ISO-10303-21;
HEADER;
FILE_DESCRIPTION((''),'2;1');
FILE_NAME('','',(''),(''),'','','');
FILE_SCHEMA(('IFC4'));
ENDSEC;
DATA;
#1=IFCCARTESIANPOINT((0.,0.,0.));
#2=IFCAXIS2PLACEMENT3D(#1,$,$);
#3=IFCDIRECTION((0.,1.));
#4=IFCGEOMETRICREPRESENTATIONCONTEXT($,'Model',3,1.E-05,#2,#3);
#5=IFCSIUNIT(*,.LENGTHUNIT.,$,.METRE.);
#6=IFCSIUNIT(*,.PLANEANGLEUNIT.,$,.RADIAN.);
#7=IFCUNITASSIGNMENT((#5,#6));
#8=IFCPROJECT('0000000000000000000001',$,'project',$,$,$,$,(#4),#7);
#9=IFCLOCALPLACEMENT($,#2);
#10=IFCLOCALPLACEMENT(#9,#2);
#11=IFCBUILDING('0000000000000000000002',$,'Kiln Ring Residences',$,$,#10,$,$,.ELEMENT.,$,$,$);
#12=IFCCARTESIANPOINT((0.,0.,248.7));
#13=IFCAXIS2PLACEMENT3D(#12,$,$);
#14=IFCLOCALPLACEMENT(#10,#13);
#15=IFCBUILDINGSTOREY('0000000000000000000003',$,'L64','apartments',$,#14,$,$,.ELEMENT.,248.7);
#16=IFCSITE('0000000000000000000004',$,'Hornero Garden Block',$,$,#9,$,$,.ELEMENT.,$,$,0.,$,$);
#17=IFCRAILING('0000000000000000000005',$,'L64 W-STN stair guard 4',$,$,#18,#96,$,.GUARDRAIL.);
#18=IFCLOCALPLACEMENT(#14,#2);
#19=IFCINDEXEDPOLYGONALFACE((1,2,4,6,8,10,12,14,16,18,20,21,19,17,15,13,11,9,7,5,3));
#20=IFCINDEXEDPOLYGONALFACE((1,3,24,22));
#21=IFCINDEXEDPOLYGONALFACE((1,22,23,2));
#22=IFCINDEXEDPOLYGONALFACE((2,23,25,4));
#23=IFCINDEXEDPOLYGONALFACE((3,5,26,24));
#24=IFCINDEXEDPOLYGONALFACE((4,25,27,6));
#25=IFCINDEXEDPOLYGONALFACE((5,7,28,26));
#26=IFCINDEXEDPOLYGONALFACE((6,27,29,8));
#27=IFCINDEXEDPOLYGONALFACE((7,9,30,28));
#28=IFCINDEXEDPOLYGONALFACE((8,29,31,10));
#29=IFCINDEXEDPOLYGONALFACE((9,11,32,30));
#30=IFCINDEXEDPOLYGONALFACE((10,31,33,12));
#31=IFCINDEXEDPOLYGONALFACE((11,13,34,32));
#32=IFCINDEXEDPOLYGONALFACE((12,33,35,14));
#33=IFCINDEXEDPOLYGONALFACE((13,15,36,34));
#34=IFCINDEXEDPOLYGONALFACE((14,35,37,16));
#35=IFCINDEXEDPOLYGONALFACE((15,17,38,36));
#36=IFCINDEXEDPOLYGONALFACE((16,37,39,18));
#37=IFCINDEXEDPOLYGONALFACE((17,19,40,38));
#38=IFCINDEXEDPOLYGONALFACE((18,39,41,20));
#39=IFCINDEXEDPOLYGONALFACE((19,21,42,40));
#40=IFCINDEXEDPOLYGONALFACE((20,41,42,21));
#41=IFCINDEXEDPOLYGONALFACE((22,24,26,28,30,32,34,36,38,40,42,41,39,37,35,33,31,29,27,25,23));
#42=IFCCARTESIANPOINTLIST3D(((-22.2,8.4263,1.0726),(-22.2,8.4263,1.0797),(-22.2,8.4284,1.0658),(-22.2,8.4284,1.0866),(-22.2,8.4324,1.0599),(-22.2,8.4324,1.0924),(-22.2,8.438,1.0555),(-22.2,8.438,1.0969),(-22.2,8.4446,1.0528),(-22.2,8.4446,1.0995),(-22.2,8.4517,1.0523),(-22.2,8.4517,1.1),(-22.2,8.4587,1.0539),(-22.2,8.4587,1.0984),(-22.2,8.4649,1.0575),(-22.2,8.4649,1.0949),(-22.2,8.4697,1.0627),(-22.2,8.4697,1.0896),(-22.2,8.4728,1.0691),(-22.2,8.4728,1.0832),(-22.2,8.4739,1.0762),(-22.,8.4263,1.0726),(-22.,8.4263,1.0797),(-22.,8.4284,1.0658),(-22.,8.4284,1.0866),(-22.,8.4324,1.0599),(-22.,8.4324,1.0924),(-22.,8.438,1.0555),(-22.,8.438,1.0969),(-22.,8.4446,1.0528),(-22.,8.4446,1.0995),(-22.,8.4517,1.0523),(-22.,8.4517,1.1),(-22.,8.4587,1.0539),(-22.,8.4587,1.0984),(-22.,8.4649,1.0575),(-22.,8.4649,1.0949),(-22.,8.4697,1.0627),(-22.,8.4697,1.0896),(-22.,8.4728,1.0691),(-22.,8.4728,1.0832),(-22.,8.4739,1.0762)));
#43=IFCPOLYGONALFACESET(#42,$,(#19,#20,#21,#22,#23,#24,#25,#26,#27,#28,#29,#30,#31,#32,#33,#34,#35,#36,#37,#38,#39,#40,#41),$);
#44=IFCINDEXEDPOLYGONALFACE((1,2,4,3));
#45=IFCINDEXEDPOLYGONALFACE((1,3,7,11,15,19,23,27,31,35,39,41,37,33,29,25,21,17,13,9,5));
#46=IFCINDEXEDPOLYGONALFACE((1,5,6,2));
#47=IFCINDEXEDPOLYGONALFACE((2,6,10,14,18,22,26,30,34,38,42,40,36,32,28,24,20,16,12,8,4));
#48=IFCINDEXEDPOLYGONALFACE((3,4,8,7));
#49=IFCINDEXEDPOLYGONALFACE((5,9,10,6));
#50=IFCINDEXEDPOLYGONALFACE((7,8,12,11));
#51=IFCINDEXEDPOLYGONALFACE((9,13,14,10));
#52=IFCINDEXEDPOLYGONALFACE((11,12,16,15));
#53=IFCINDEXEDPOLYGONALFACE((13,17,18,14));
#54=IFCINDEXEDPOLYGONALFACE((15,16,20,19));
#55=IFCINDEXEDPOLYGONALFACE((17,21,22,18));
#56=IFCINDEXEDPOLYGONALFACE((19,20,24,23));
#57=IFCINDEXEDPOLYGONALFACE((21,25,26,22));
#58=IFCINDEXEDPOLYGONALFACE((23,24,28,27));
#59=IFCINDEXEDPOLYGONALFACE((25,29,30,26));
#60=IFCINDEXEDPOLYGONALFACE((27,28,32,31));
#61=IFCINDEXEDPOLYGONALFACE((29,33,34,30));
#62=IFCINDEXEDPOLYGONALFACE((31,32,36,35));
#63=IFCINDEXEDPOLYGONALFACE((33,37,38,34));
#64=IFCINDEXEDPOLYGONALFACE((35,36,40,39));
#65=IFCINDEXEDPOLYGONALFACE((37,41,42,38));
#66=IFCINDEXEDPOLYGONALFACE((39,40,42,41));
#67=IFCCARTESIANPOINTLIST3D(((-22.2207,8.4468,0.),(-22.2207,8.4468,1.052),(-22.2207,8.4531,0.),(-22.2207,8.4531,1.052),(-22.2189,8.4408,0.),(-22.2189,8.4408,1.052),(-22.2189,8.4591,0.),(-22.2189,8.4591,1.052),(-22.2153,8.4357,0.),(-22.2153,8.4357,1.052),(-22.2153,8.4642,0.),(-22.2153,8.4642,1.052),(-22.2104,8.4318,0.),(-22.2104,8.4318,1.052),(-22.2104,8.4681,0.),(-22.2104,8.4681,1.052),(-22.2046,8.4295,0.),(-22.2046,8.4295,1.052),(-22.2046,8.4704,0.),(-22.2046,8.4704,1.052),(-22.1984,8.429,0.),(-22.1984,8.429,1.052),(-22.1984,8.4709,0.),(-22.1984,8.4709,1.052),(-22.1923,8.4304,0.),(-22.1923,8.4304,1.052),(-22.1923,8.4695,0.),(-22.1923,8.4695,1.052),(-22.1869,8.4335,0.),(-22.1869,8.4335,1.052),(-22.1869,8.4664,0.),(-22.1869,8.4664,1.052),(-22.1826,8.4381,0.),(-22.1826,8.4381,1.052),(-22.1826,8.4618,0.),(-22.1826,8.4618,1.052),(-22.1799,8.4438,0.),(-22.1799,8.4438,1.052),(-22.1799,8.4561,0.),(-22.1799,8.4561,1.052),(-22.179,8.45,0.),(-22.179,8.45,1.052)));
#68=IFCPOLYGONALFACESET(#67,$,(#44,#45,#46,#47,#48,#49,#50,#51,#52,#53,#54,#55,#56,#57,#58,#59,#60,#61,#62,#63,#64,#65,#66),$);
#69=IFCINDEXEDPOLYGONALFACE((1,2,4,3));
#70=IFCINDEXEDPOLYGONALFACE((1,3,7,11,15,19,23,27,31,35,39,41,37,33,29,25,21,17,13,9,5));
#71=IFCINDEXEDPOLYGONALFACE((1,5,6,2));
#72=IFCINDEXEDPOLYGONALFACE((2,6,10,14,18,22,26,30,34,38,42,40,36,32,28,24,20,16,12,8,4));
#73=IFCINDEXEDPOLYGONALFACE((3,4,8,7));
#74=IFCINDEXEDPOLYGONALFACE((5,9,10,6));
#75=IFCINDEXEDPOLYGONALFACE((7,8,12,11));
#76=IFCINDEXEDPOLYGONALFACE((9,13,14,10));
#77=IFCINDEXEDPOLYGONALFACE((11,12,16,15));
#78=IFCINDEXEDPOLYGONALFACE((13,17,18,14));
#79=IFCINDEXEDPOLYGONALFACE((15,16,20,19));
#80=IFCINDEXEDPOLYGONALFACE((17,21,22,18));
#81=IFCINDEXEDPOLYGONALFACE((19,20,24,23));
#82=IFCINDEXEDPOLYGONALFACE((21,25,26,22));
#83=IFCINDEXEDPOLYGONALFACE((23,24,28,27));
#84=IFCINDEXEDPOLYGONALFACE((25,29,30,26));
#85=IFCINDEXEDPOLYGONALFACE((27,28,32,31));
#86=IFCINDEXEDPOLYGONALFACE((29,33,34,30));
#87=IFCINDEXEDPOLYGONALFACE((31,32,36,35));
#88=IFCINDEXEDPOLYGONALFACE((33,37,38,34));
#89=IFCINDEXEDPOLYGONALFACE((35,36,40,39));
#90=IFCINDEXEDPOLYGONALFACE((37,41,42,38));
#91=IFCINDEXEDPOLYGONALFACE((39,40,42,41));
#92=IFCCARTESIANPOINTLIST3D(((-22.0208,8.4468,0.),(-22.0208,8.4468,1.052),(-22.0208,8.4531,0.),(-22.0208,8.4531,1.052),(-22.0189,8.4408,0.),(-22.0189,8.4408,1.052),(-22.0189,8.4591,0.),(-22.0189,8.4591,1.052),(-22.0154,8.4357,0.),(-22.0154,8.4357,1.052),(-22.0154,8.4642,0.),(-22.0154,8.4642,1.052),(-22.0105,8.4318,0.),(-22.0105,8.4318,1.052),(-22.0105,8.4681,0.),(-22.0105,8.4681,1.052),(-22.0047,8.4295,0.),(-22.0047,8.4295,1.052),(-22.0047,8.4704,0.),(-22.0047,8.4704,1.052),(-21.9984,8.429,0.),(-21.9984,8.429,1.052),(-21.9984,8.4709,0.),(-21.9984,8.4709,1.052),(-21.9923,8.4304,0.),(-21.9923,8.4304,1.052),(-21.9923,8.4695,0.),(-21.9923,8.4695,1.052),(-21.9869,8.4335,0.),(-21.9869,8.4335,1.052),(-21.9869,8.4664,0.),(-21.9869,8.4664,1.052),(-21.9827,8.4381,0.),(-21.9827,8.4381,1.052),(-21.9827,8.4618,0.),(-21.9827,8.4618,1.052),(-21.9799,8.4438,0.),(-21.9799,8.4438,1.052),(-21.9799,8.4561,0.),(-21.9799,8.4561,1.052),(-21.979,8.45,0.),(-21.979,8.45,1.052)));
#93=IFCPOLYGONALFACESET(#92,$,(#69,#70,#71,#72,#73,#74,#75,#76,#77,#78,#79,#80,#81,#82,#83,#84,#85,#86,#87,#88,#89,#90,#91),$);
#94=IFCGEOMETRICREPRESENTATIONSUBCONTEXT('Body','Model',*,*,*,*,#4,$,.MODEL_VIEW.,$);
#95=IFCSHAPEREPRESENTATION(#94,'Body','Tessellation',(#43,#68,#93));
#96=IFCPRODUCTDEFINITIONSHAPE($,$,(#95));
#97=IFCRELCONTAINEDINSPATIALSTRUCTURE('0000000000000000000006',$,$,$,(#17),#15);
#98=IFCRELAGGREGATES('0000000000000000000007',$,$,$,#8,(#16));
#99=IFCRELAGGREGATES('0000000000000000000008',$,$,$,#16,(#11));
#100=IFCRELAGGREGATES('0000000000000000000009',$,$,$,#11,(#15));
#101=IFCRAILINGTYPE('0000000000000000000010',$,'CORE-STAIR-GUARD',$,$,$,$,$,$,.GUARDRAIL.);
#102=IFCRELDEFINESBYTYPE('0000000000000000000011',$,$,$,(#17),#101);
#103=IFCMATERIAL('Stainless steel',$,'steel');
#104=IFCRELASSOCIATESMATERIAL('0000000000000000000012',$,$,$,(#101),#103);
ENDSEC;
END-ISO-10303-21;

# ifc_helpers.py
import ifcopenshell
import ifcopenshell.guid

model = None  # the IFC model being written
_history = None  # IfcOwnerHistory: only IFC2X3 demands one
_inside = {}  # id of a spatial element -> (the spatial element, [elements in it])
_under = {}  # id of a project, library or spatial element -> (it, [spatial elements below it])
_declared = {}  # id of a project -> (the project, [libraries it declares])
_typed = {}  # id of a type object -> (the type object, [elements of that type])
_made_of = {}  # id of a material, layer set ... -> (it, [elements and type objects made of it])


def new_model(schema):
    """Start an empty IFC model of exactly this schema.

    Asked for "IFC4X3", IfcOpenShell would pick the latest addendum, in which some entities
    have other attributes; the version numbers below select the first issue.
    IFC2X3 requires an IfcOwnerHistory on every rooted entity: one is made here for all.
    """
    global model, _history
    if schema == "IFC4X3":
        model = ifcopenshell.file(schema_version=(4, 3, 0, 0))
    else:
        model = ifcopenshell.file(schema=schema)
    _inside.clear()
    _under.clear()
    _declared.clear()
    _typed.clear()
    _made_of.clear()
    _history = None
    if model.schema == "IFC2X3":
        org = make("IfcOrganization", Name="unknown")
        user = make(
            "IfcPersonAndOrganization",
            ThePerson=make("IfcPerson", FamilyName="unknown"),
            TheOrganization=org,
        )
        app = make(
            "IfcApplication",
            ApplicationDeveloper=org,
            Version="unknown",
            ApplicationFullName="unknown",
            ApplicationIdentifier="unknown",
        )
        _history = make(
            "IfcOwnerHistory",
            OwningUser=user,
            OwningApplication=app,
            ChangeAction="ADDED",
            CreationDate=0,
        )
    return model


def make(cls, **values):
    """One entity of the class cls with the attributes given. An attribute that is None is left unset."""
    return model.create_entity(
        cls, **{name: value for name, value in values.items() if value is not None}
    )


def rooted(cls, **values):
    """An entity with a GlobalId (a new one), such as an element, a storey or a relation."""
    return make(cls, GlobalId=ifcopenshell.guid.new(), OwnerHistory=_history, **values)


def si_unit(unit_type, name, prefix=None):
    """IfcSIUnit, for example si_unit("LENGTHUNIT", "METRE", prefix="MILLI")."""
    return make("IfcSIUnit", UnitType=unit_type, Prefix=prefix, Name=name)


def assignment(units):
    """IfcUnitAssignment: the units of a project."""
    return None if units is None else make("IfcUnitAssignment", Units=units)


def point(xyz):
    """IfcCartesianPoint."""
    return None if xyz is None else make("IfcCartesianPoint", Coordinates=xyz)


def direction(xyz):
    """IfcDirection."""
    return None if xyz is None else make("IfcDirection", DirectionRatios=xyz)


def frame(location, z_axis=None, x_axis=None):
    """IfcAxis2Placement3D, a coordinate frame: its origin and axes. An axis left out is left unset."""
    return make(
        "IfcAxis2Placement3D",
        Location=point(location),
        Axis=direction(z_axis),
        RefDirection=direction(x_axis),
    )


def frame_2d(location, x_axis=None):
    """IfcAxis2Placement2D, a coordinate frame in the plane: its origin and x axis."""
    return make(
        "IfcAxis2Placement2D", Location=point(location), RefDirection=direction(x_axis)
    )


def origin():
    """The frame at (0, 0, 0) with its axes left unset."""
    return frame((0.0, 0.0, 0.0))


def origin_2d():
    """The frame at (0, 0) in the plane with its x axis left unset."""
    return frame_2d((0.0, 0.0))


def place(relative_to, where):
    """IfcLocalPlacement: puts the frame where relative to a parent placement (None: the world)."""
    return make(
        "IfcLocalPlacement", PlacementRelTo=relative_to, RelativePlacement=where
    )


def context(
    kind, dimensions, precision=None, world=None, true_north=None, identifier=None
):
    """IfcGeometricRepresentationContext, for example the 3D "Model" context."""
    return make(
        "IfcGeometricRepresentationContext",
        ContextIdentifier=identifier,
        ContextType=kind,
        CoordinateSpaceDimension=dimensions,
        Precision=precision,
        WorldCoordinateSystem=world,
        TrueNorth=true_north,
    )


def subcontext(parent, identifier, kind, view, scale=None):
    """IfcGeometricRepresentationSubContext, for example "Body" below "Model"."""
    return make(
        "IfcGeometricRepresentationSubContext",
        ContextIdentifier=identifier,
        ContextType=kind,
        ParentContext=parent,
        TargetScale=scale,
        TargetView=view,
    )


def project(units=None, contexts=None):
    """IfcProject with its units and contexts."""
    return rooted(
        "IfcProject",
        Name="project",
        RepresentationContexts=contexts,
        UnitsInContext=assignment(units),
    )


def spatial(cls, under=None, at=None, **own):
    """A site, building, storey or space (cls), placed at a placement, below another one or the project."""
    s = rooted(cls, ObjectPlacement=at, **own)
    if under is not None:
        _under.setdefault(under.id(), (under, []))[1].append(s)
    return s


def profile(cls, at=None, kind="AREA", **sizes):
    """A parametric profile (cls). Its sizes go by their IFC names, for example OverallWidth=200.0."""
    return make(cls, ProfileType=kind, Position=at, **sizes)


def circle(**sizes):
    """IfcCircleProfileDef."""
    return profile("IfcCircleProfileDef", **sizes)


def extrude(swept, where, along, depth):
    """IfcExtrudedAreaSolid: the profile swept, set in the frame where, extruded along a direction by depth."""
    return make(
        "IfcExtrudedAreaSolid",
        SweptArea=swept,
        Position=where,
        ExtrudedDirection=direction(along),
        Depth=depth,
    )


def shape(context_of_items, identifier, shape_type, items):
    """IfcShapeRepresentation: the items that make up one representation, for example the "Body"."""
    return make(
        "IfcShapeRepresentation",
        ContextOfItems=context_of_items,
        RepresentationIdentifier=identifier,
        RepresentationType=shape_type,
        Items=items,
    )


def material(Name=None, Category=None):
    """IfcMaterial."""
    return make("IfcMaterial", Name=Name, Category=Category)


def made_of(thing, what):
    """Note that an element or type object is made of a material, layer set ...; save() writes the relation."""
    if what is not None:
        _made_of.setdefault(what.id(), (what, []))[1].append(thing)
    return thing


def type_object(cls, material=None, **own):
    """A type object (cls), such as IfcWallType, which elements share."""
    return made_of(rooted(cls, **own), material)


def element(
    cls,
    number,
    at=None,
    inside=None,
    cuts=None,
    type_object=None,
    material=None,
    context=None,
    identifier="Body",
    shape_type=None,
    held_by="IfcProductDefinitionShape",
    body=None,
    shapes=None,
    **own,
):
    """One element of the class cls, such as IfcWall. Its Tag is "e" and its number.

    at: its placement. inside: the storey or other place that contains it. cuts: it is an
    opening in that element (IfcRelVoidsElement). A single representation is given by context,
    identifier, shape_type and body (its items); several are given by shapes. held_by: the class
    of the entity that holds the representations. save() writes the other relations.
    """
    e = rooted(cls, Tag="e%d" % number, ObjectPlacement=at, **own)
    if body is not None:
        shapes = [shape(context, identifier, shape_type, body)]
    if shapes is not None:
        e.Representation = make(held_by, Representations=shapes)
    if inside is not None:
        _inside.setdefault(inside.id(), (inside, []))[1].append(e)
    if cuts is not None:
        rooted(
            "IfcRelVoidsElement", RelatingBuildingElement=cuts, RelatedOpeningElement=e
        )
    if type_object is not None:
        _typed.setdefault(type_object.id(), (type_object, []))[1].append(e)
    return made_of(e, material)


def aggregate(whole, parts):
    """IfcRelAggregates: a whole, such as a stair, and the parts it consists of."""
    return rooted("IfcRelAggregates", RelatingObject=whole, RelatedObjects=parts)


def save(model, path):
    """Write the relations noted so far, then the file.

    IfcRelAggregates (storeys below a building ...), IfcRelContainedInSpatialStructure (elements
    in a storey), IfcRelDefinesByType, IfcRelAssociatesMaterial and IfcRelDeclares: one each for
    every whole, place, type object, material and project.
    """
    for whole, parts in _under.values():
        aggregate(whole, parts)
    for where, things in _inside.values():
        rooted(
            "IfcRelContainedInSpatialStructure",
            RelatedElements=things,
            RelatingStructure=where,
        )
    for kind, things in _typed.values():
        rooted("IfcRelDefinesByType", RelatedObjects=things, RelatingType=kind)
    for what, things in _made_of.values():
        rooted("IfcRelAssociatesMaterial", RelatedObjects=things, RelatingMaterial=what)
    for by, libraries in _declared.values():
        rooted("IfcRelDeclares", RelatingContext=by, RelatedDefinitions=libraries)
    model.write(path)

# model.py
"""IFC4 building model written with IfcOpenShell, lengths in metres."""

from ifc_helpers import new_model, si_unit, direction, frame, origin, origin_2d, place, context, subcontext, project, spatial, circle, extrude, material, type_object, element, save


model = new_model("IFC4")

# Units and contexts
model_context = context("Model", 3, precision=1e-05, world=origin(), true_north=direction((0.0, 1.0)))
body_context = subcontext(model_context, "Body", "Model", "MODEL_VIEW")
ifc_project = project(units=[si_unit("LENGTHUNIT", "METRE"), si_unit("PLANEANGLEUNIT", "RADIAN")], contexts=[model_context])

# Site, building, storey
site_placement = place(None, origin())
site = spatial("IfcSite", under=ifc_project, at=site_placement, Name="Hornero Garden Block", CompositionType="ELEMENT", RefElevation=0.0)
building_placement = place(site_placement, origin())
building = spatial("IfcBuilding", under=site, at=building_placement, Name="Kiln Ring Residences", CompositionType="ELEMENT")
storey_placement = place(building_placement, frame((0.0, 0.0, 248.7)))
storey = spatial("IfcBuildingStorey", under=building, at=storey_placement, Name="L64", Description="apartments", CompositionType="ELEMENT", Elevation=248.7)

# Railing
ifc_material_1 = material(Name="Stainless steel", Category="steel")
railing_type_1 = type_object("IfcRailingType", Name="CORE-STAIR-GUARD", PredefinedType="GUARDRAIL", material=ifc_material_1)
railing_1_placement = place(storey_placement, frame((-22.2, 8.45, 0.0)))
element("IfcRailing", 1, at=railing_1_placement, inside=storey, type_object=railing_type_1, Name="L64 W-STN stair guard 4", PredefinedType="GUARDRAIL", context=body_context, shape_type="SweptSolid", body=[
    extrude(circle(Radius=0.0239, at=origin_2d()), frame((0.0, 0.0, 1.0762), z_axis=(1.0, 0.0, 0.0), x_axis=(0.0, 1.0, 0.0)), (0.0, 0.0, 1.0), 0.2),
    extrude(circle(Radius=0.021, at=origin_2d()), origin(), (0.0, 0.0, 1.0), 1.052),
    extrude(circle(Radius=0.021, at=origin_2d()), frame((0.2, 0.0, 0.0)), (0.0, 0.0, 1.0), 1.052),
])

save(model, "model.ifc")
